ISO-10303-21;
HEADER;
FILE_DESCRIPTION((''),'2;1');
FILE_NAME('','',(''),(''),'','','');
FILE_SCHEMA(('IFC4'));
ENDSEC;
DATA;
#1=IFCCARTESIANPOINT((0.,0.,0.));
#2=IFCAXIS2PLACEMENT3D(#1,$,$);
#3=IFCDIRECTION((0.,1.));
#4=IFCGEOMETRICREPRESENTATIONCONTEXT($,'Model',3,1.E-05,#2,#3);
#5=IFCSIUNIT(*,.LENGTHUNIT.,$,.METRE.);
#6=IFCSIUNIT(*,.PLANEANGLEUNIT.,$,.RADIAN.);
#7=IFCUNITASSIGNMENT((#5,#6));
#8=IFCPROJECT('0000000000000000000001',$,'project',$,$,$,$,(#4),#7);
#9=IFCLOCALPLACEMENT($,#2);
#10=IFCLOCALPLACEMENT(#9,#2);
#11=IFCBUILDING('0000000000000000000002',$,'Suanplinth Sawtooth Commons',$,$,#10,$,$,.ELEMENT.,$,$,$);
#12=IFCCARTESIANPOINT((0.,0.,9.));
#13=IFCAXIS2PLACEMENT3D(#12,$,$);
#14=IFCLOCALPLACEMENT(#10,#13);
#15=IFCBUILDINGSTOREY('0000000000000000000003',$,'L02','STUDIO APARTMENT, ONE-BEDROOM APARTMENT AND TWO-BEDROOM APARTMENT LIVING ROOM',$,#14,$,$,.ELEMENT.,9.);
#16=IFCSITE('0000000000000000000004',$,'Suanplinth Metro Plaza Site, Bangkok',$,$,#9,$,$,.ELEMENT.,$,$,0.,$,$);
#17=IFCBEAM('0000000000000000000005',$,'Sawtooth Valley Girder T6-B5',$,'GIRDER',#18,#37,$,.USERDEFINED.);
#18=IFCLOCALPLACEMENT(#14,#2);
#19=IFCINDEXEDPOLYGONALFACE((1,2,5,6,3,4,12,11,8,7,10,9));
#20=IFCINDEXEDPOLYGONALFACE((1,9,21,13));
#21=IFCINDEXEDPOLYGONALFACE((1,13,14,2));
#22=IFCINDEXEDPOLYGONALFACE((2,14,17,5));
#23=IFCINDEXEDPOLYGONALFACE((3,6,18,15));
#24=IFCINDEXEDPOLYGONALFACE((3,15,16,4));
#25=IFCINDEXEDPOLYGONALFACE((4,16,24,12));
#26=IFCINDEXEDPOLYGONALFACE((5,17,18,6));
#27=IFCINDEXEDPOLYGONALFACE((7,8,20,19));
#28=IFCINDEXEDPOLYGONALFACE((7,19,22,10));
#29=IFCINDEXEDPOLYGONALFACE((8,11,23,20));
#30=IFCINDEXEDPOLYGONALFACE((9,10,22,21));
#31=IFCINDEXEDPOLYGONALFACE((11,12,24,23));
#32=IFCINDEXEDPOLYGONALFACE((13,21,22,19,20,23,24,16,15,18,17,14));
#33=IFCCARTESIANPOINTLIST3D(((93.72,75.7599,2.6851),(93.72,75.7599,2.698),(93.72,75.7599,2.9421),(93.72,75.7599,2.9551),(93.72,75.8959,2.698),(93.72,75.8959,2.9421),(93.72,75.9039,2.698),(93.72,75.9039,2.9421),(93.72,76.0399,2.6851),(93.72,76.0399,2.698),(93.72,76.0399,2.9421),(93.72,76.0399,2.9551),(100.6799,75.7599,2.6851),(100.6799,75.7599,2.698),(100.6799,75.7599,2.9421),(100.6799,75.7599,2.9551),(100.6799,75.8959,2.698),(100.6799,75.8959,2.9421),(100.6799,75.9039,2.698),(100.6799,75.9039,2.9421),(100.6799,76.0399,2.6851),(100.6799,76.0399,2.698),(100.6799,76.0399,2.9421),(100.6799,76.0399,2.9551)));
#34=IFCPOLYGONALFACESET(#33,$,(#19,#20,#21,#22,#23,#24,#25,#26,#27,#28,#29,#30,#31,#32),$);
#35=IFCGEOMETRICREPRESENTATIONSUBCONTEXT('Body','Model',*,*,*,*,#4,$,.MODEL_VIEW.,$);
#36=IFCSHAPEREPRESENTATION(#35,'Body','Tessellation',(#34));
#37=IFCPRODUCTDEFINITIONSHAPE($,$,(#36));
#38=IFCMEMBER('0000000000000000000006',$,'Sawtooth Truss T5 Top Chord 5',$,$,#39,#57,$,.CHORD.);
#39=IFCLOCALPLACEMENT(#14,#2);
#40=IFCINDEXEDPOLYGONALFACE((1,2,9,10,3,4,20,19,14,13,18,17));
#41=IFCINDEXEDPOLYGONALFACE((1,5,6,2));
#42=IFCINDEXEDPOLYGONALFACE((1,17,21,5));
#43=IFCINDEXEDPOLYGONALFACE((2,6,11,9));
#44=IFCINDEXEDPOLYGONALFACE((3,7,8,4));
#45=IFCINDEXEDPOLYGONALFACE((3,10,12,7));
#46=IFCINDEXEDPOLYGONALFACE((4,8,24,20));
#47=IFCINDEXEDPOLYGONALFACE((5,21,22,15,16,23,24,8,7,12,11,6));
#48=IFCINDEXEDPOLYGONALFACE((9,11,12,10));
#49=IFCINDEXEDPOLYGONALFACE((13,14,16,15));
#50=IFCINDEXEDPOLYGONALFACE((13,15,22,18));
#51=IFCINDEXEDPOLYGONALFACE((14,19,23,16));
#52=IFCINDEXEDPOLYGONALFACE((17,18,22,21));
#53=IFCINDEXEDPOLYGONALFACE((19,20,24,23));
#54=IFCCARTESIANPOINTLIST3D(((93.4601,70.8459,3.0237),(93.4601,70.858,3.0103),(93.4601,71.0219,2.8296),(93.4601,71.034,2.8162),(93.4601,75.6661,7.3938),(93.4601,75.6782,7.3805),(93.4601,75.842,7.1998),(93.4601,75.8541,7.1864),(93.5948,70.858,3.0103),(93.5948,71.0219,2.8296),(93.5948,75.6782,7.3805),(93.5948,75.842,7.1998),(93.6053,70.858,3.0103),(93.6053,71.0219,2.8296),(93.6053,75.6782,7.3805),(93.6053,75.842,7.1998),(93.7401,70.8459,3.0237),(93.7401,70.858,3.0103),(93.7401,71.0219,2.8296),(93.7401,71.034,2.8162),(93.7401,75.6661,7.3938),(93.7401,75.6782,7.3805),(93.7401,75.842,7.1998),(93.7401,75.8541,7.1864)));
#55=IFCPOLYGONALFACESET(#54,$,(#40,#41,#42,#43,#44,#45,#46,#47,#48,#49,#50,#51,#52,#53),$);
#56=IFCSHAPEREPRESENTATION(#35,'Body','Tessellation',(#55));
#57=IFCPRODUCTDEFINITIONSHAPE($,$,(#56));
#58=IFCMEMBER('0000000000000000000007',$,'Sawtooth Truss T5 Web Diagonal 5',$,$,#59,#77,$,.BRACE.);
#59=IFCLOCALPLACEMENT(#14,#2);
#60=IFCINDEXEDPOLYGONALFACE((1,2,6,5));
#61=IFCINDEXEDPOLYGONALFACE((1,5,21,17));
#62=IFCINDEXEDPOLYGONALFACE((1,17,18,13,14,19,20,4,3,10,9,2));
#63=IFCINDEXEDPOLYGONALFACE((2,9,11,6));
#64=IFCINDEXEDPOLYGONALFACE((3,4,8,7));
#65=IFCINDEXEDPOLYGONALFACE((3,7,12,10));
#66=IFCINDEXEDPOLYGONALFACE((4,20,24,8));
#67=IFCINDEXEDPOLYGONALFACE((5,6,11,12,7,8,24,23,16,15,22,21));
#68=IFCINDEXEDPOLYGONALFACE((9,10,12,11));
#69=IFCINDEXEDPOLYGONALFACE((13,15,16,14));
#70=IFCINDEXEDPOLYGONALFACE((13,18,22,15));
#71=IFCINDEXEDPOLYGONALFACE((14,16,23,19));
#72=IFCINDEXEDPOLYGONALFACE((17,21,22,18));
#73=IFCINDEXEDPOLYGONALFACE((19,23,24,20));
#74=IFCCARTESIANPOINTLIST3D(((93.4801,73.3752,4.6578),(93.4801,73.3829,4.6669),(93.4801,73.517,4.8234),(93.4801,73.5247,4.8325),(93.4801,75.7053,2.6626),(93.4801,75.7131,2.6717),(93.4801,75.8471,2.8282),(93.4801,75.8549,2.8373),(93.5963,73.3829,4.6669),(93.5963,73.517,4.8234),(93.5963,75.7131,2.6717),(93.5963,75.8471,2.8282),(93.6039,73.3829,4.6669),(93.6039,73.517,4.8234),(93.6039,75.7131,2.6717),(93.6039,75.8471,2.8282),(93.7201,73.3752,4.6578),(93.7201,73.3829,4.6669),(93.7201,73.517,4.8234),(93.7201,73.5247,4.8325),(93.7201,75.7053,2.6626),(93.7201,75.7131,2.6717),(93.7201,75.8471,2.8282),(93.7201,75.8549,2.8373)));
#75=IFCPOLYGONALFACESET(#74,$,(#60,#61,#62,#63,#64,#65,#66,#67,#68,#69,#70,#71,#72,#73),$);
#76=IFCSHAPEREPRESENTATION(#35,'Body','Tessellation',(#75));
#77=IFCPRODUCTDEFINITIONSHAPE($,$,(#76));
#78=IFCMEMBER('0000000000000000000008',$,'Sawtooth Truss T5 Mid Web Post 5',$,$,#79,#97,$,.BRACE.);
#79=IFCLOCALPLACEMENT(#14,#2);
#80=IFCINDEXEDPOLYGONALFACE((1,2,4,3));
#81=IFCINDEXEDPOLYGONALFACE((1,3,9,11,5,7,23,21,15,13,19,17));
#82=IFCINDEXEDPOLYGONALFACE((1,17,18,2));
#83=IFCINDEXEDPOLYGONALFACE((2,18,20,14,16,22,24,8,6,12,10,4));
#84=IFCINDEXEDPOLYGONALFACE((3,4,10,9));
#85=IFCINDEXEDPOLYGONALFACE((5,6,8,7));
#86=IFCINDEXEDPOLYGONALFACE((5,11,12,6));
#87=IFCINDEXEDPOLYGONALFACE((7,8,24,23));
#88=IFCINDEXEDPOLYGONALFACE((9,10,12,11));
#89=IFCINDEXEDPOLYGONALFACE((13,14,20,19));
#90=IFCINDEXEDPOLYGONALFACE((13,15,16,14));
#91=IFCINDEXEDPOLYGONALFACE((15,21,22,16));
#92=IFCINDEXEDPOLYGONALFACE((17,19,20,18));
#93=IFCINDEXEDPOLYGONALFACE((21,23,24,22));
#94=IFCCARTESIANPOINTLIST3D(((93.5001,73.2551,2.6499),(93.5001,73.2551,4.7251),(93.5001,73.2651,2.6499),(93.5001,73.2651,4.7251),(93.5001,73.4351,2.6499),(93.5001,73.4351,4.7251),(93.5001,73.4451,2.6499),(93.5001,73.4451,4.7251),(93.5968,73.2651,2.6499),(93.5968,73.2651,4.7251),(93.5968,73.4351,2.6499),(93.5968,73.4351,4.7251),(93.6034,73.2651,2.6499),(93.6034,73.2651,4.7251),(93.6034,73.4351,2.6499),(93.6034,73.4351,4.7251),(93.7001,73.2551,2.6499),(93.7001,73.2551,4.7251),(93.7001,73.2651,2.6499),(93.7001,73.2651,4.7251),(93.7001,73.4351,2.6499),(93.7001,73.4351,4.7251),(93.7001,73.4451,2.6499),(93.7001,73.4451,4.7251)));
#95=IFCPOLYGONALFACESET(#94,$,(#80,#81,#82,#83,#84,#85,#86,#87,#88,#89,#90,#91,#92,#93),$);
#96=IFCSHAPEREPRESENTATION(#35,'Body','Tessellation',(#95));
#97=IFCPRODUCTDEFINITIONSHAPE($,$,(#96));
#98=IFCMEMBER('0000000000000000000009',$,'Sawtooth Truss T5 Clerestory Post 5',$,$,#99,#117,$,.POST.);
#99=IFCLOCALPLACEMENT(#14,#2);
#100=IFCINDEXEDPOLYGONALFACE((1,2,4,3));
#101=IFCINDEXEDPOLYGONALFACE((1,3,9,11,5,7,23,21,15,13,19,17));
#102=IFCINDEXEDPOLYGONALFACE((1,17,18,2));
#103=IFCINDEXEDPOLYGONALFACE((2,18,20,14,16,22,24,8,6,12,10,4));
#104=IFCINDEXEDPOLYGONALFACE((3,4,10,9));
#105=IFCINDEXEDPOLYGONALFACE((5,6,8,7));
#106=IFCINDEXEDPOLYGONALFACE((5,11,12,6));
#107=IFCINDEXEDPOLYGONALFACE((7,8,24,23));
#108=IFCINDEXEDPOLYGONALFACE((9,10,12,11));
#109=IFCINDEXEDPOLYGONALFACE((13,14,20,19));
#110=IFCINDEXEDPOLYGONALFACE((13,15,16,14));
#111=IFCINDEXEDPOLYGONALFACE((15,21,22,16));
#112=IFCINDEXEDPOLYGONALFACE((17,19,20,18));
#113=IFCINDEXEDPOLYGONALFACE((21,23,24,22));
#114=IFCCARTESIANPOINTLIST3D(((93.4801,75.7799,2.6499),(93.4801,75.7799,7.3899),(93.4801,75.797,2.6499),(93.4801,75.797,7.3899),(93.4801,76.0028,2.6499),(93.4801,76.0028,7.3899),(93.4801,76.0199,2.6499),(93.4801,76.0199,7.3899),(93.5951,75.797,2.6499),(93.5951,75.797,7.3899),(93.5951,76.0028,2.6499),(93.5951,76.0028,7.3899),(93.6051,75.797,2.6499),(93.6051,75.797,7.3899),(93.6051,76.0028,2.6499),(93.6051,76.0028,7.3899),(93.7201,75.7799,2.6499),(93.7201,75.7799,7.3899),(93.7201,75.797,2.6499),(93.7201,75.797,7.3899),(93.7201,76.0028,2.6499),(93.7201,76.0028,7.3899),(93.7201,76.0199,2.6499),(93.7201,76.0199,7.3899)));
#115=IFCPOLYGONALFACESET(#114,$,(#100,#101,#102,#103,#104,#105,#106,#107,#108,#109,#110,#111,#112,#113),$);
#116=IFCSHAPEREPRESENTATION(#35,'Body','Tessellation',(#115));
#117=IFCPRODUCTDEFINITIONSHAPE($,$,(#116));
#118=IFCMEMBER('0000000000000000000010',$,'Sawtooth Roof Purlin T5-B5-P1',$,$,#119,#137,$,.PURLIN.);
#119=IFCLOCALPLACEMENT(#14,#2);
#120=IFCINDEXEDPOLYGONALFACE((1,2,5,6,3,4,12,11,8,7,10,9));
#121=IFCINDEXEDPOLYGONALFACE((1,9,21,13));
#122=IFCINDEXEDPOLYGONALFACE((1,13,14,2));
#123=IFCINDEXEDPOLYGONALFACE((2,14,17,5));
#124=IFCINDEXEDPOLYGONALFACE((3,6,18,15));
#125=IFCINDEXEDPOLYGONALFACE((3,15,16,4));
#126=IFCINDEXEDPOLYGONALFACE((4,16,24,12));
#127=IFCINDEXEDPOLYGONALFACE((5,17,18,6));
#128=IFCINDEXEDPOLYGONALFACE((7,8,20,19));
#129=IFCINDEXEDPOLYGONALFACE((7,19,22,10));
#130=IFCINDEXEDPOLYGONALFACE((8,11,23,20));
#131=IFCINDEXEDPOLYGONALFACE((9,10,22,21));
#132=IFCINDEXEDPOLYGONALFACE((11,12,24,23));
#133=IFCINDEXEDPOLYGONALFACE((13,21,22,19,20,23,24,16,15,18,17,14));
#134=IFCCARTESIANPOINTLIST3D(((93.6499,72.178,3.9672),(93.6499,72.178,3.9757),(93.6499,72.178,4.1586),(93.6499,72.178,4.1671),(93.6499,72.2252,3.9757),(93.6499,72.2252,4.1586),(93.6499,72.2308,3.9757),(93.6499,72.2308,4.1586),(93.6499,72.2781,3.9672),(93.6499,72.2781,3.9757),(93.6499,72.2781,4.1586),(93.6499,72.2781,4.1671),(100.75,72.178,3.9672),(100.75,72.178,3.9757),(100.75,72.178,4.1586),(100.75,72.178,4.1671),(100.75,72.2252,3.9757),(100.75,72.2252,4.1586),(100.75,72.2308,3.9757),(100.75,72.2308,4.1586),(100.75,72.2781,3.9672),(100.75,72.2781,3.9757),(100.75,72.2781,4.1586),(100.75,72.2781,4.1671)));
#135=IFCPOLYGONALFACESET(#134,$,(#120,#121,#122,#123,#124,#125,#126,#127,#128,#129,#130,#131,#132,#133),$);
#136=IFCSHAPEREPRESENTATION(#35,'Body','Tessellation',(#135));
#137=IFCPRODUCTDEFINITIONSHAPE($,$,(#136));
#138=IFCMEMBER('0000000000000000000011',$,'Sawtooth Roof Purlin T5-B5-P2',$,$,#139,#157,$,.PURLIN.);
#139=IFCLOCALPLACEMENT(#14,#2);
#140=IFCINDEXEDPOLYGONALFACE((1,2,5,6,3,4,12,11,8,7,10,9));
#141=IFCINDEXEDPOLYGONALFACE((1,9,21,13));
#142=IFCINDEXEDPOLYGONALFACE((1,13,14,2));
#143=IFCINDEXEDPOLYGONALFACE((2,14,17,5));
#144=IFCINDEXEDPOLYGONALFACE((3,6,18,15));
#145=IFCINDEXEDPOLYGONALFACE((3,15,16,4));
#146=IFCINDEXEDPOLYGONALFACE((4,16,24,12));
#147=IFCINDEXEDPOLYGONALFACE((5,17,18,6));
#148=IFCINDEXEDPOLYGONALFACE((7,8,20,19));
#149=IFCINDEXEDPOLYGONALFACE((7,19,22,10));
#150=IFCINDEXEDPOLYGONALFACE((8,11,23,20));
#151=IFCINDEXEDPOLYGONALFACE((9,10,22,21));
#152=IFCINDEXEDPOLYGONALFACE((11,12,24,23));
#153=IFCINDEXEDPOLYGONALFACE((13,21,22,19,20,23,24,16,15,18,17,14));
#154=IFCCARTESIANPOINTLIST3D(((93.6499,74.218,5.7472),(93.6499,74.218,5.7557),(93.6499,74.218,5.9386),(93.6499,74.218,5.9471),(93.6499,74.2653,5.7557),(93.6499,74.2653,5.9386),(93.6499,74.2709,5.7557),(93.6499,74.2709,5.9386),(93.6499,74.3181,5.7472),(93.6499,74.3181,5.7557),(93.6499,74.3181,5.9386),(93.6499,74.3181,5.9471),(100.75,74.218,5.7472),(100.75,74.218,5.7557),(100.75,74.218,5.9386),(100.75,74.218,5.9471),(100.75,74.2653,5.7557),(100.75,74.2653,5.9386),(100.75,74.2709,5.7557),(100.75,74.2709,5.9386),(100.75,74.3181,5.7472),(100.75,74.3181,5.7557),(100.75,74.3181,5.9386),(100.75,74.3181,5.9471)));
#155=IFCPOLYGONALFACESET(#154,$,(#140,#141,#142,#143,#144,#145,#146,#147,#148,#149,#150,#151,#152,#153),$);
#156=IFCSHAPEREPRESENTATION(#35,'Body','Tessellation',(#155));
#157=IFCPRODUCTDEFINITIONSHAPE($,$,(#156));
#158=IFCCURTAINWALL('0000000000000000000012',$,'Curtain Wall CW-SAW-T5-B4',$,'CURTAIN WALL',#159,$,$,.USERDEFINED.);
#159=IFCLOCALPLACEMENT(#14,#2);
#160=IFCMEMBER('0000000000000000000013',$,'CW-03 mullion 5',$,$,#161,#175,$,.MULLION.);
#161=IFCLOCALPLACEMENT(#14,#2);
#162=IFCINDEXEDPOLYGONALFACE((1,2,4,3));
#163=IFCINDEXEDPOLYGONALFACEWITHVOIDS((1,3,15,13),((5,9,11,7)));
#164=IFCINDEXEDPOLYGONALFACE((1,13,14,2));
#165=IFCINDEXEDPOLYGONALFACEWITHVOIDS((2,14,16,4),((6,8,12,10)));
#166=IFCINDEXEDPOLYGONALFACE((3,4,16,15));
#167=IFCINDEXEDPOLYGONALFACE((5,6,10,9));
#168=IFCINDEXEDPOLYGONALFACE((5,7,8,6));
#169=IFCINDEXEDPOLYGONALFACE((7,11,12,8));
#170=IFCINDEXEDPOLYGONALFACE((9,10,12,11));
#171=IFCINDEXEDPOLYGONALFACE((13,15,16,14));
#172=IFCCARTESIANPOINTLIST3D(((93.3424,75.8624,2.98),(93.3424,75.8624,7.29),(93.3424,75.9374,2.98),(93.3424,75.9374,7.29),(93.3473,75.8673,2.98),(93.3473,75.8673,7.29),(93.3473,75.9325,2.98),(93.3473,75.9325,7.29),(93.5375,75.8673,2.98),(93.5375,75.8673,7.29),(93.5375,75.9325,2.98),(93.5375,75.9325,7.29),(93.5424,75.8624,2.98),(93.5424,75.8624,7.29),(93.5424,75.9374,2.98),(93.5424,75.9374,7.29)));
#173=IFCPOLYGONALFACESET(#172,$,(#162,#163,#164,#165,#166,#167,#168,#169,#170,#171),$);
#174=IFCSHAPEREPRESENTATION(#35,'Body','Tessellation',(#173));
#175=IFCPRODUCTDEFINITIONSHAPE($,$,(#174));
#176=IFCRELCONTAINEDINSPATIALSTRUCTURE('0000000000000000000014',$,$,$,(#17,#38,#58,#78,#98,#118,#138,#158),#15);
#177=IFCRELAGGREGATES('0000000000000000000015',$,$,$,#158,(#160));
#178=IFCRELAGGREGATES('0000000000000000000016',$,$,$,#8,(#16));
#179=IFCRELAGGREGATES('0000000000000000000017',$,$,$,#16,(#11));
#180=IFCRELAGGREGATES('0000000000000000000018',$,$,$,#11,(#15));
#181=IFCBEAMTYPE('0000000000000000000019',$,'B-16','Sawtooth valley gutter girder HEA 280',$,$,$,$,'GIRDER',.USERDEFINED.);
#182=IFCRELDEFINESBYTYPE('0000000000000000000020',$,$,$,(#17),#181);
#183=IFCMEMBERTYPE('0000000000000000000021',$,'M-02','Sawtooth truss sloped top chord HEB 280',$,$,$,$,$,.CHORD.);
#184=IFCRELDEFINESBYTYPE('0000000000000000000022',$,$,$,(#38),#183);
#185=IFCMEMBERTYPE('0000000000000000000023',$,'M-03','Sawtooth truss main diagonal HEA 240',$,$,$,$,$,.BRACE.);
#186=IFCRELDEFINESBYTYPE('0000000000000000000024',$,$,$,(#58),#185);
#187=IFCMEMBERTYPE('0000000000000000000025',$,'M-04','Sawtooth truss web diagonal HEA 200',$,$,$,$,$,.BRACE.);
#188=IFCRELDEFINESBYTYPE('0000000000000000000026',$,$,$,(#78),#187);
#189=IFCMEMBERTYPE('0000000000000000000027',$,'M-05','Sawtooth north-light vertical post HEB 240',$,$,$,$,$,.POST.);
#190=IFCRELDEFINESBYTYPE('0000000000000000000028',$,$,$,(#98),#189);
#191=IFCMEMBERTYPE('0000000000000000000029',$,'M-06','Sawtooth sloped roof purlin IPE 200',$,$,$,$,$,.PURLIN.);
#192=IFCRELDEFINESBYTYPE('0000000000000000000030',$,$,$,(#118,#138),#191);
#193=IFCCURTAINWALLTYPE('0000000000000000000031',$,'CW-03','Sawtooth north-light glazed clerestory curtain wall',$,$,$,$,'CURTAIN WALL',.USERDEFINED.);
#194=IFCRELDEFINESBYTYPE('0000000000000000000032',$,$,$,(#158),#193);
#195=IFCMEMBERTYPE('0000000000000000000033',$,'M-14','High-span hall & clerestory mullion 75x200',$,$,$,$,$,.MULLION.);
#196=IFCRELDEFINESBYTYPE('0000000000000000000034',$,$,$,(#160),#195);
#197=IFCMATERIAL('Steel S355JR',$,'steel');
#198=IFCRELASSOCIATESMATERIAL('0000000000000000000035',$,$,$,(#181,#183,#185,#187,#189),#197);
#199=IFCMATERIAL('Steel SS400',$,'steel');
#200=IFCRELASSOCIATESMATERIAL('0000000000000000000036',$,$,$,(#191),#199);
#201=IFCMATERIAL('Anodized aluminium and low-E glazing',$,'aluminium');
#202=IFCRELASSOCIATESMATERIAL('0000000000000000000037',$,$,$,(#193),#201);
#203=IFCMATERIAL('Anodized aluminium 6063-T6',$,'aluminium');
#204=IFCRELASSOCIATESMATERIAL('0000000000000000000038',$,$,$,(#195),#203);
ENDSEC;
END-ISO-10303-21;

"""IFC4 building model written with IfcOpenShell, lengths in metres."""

from ifc_helpers import new_model, si_unit, direction, frame, origin, origin_2d, place, context, subcontext, project, spatial, hollow_rectangle, i_section, extrude, material, material_profile, profile_set, type_object, element, aggregate, save


model = new_model("IFC4")

# Units and contexts
model_context = context("Model", 3, precision=1e-05, world=origin(), true_north=direction((0.0, 1.0)))
body_context = subcontext(model_context, "Body", "Model", "MODEL_VIEW")
ifc_project = project(units=[si_unit("LENGTHUNIT", "METRE"), si_unit("PLANEANGLEUNIT", "RADIAN")], contexts=[model_context])

# Site, building, storey
site_placement = place(None, origin())
site = spatial("IfcSite", under=ifc_project, at=site_placement, Name="Suanplinth Metro Plaza Site, Bangkok", CompositionType="ELEMENT", RefElevation=0.0)
building_placement = place(site_placement, origin())
building = spatial("IfcBuilding", under=site, at=building_placement, Name="Suanplinth Sawtooth Commons", CompositionType="ELEMENT")
storey_placement = place(building_placement, frame((0.0, 0.0, 9.0)))
storey = spatial("IfcBuildingStorey", under=building, at=storey_placement, Name="L02", Description="STUDIO APARTMENT, ONE-BEDROOM APARTMENT AND TWO-BEDROOM APARTMENT LIVING ROOM", CompositionType="ELEMENT", Elevation=9.0)

# Beam
ifc_material_1 = material(Name="Steel S355JR", Category="steel")
ifc_material_profile_1 = material_profile(ifc_material_1, i_section(OverallWidth=0.28, OverallDepth=0.27, WebThickness=0.0081, FlangeThickness=0.0129, at=origin_2d()), Name="HEA 280")
ifc_profile_set_1 = profile_set([ifc_material_profile_1], Name="Steel S355JR")
beam_type = type_object("IfcBeamType", Name="B-16", Description="Sawtooth valley gutter girder HEA 280", ElementType="GIRDER", PredefinedType="USERDEFINED", material=ifc_profile_set_1)
beam_placement = place(storey_placement, frame((93.72, 75.8999, 2.8201), z_axis=(1.0, 0.0, 0.0), x_axis=(0.0, 1.0, 0.0)))
element("IfcBeam", 1, at=beam_placement, inside=storey, type_object=beam_type, Name="Sawtooth Valley Girder T6-B5", ObjectType="GIRDER", PredefinedType="USERDEFINED", context=body_context, shape_type="SweptSolid", body=[
    extrude(i_section(OverallWidth=0.28, OverallDepth=0.27, WebThickness=0.0081, FlangeThickness=0.0129, at=origin_2d()), origin(), (0.0, 0.0, 1.0), 6.96),
])

# Members
ifc_material_profile_2 = material_profile(ifc_material_1, i_section(OverallWidth=0.28, OverallDepth=0.28, WebThickness=0.0105, FlangeThickness=0.0181, at=origin_2d()), Name="HEB 280")
ifc_profile_set_2 = profile_set([ifc_material_profile_2], Name="Steel S355JR")
member_type_1 = type_object("IfcMemberType", Name="M-02", Description="Sawtooth truss sloped top chord HEB 280", PredefinedType="CHORD", material=ifc_profile_set_2)
member_1_placement = place(storey_placement, frame((93.6001, 70.9399, 2.9199), z_axis=(0.0, 0.740839, 0.671682), x_axis=(-1.0, 0.0, 0.0)))
element("IfcMember", 2, at=member_1_placement, inside=storey, type_object=member_type_1, Name="Sawtooth Truss T5 Top Chord 5", PredefinedType="CHORD", context=body_context, shape_type="SweptSolid", body=[
    extrude(i_section(OverallWidth=0.28, OverallDepth=0.28, WebThickness=0.0105, FlangeThickness=0.0181, at=origin_2d()), origin(), (0.0, 0.0, 1.0), 6.5063),
])
ifc_material_profile_3 = material_profile(ifc_material_1, i_section(OverallWidth=0.24, OverallDepth=0.23, WebThickness=0.0076, FlangeThickness=0.012, at=origin_2d()), Name="HEA 240")
ifc_profile_set_3 = profile_set([ifc_material_profile_3], Name="Steel S355JR")
member_type_2 = type_object("IfcMemberType", Name="M-03", Description="Sawtooth truss main diagonal HEA 240", PredefinedType="BRACE", material=ifc_profile_set_3)
member_2_placement = place(storey_placement, frame((93.6001, 73.45, 4.7451), z_axis=(0.0, 0.759594, -0.650398), x_axis=(-1.0, 0.0, 0.0)))
element("IfcMember", 3, at=member_2_placement, inside=storey, type_object=member_type_2, Name="Sawtooth Truss T5 Web Diagonal 5", PredefinedType="BRACE", context=body_context, shape_type="SweptSolid", body=[
    extrude(i_section(OverallWidth=0.24, OverallDepth=0.23, WebThickness=0.0076, FlangeThickness=0.012, at=origin_2d()), origin(), (0.0, 0.0, 1.0), 3.0676),
])
ifc_material_profile_4 = material_profile(ifc_material_1, i_section(OverallWidth=0.2, OverallDepth=0.1899, WebThickness=0.0066, FlangeThickness=0.01, at=origin_2d()), Name="HEA 200")
ifc_profile_set_4 = profile_set([ifc_material_profile_4], Name="Steel S355JR")
member_type_3 = type_object("IfcMemberType", Name="M-04", Description="Sawtooth truss web diagonal HEA 200", PredefinedType="BRACE", material=ifc_profile_set_4)
member_3_placement = place(storey_placement, frame((93.6001, 73.3501, 2.6499), z_axis=(0.0, 0.0, 1.0), x_axis=(1.0, 0.0, 0.0)))
element("IfcMember", 4, at=member_3_placement, inside=storey, type_object=member_type_3, Name="Sawtooth Truss T5 Mid Web Post 5", PredefinedType="BRACE", context=body_context, shape_type="SweptSolid", body=[
    extrude(i_section(OverallWidth=0.2, OverallDepth=0.1899, WebThickness=0.0066, FlangeThickness=0.01, at=origin_2d()), origin(), (0.0, 0.0, 1.0), 2.0752),
])
ifc_material_profile_5 = material_profile(ifc_material_1, i_section(OverallWidth=0.24, OverallDepth=0.24, WebThickness=0.01, FlangeThickness=0.0171, at=origin_2d()), Name="HEB 240")
ifc_profile_set_5 = profile_set([ifc_material_profile_5], Name="Steel S355JR")
member_type_4 = type_object("IfcMemberType", Name="M-05", Description="Sawtooth north-light vertical post HEB 240", PredefinedType="POST", material=ifc_profile_set_5)
member_4_placement = place(storey_placement, frame((93.6001, 75.8999, 2.6499), z_axis=(0.0, 0.0, 1.0), x_axis=(1.0, 0.0, 0.0)))
element("IfcMember", 5, at=member_4_placement, inside=storey, type_object=member_type_4, Name="Sawtooth Truss T5 Clerestory Post 5", PredefinedType="POST", context=body_context, shape_type="SweptSolid", body=[
    extrude(i_section(OverallWidth=0.24, OverallDepth=0.24, WebThickness=0.01, FlangeThickness=0.0171, at=origin_2d()), origin(), (0.0, 0.0, 1.0), 4.74),
])
ifc_material_2 = material(Name="Steel SS400", Category="steel")
ifc_material_profile_6 = material_profile(ifc_material_2, i_section(OverallWidth=0.1001, OverallDepth=0.2, WebThickness=0.0056, FlangeThickness=0.0085, at=origin_2d()), Name="IPE 200")
ifc_profile_set_6 = profile_set([ifc_material_profile_6], Name="Steel SS400")
member_type_5 = type_object("IfcMemberType", Name="M-06", Description="Sawtooth sloped roof purlin IPE 200", PredefinedType="PURLIN", material=ifc_profile_set_6)
for number, where, z_axis, x_axis, name in (
    (6, (93.6499, 72.228, 4.0671), (1.0, 0.0, 0.0), (0.0, 1.0, 0.0), "Sawtooth Roof Purlin T5-B5-P1"),
    (7, (93.6499, 74.2681, 5.8472), (1.0, 0.0, 0.0), (0.0, 1.0, 0.0), "Sawtooth Roof Purlin T5-B5-P2"),
):
    element("IfcMember", number, at=place(storey_placement, frame(where, z_axis=z_axis, x_axis=x_axis)), inside=storey, type_object=member_type_5, Name=name, PredefinedType="PURLIN", context=body_context, shape_type="SweptSolid", body=[
        extrude(i_section(OverallWidth=0.1001, OverallDepth=0.2, WebThickness=0.0056, FlangeThickness=0.0085, at=origin_2d()), origin(), (0.0, 0.0, 1.0), 7.1001),
    ])

# Curtain wall, member
ifc_material_3 = material(Name="Anodized aluminium and low-E glazing", Category="aluminium")
curtain_wall_type = type_object("IfcCurtainWallType", Name="CW-03", Description="Sawtooth north-light glazed clerestory curtain wall", ElementType="CURTAIN WALL", PredefinedType="USERDEFINED", material=ifc_material_3)
curtain_wall_1_placement = place(storey_placement, origin())
curtain_wall_1 = element("IfcCurtainWall", 8, at=curtain_wall_1_placement, inside=storey, type_object=curtain_wall_type, Name="Curtain Wall CW-SAW-T5-B4", ObjectType="CURTAIN WALL", PredefinedType="USERDEFINED")
ifc_material_4 = material(Name="Anodized aluminium 6063-T6", Category="aluminium")
ifc_material_profile_7 = material_profile(ifc_material_4, hollow_rectangle(XDim=0.075, YDim=0.2, WallThickness=0.0049, at=origin_2d()), Name="ALU-MUL 75x200")
ifc_profile_set_7 = profile_set([ifc_material_profile_7], Name="Anodized aluminium 6063-T6")
member_type_6 = type_object("IfcMemberType", Name="M-14", Description="High-span hall & clerestory mullion 75x200", PredefinedType="MULLION", material=ifc_profile_set_7)
member_5_placement = place(storey_placement, frame((93.4424, 75.8999, 2.98), z_axis=(0.0, 0.0, 1.0), x_axis=(0.0, 1.0, 0.0)))
member_5 = element("IfcMember", 9, at=member_5_placement, type_object=member_type_6, Name="CW-03 mullion 5", PredefinedType="MULLION", context=body_context, shape_type="SweptSolid", body=[
    extrude(hollow_rectangle(XDim=0.075, YDim=0.2, WallThickness=0.0049, at=origin_2d()), origin(), (0.0, 0.0, 1.0), 4.3101),
])

aggregate(curtain_wall_1, [member_5])

save(model, "model.ifc")
